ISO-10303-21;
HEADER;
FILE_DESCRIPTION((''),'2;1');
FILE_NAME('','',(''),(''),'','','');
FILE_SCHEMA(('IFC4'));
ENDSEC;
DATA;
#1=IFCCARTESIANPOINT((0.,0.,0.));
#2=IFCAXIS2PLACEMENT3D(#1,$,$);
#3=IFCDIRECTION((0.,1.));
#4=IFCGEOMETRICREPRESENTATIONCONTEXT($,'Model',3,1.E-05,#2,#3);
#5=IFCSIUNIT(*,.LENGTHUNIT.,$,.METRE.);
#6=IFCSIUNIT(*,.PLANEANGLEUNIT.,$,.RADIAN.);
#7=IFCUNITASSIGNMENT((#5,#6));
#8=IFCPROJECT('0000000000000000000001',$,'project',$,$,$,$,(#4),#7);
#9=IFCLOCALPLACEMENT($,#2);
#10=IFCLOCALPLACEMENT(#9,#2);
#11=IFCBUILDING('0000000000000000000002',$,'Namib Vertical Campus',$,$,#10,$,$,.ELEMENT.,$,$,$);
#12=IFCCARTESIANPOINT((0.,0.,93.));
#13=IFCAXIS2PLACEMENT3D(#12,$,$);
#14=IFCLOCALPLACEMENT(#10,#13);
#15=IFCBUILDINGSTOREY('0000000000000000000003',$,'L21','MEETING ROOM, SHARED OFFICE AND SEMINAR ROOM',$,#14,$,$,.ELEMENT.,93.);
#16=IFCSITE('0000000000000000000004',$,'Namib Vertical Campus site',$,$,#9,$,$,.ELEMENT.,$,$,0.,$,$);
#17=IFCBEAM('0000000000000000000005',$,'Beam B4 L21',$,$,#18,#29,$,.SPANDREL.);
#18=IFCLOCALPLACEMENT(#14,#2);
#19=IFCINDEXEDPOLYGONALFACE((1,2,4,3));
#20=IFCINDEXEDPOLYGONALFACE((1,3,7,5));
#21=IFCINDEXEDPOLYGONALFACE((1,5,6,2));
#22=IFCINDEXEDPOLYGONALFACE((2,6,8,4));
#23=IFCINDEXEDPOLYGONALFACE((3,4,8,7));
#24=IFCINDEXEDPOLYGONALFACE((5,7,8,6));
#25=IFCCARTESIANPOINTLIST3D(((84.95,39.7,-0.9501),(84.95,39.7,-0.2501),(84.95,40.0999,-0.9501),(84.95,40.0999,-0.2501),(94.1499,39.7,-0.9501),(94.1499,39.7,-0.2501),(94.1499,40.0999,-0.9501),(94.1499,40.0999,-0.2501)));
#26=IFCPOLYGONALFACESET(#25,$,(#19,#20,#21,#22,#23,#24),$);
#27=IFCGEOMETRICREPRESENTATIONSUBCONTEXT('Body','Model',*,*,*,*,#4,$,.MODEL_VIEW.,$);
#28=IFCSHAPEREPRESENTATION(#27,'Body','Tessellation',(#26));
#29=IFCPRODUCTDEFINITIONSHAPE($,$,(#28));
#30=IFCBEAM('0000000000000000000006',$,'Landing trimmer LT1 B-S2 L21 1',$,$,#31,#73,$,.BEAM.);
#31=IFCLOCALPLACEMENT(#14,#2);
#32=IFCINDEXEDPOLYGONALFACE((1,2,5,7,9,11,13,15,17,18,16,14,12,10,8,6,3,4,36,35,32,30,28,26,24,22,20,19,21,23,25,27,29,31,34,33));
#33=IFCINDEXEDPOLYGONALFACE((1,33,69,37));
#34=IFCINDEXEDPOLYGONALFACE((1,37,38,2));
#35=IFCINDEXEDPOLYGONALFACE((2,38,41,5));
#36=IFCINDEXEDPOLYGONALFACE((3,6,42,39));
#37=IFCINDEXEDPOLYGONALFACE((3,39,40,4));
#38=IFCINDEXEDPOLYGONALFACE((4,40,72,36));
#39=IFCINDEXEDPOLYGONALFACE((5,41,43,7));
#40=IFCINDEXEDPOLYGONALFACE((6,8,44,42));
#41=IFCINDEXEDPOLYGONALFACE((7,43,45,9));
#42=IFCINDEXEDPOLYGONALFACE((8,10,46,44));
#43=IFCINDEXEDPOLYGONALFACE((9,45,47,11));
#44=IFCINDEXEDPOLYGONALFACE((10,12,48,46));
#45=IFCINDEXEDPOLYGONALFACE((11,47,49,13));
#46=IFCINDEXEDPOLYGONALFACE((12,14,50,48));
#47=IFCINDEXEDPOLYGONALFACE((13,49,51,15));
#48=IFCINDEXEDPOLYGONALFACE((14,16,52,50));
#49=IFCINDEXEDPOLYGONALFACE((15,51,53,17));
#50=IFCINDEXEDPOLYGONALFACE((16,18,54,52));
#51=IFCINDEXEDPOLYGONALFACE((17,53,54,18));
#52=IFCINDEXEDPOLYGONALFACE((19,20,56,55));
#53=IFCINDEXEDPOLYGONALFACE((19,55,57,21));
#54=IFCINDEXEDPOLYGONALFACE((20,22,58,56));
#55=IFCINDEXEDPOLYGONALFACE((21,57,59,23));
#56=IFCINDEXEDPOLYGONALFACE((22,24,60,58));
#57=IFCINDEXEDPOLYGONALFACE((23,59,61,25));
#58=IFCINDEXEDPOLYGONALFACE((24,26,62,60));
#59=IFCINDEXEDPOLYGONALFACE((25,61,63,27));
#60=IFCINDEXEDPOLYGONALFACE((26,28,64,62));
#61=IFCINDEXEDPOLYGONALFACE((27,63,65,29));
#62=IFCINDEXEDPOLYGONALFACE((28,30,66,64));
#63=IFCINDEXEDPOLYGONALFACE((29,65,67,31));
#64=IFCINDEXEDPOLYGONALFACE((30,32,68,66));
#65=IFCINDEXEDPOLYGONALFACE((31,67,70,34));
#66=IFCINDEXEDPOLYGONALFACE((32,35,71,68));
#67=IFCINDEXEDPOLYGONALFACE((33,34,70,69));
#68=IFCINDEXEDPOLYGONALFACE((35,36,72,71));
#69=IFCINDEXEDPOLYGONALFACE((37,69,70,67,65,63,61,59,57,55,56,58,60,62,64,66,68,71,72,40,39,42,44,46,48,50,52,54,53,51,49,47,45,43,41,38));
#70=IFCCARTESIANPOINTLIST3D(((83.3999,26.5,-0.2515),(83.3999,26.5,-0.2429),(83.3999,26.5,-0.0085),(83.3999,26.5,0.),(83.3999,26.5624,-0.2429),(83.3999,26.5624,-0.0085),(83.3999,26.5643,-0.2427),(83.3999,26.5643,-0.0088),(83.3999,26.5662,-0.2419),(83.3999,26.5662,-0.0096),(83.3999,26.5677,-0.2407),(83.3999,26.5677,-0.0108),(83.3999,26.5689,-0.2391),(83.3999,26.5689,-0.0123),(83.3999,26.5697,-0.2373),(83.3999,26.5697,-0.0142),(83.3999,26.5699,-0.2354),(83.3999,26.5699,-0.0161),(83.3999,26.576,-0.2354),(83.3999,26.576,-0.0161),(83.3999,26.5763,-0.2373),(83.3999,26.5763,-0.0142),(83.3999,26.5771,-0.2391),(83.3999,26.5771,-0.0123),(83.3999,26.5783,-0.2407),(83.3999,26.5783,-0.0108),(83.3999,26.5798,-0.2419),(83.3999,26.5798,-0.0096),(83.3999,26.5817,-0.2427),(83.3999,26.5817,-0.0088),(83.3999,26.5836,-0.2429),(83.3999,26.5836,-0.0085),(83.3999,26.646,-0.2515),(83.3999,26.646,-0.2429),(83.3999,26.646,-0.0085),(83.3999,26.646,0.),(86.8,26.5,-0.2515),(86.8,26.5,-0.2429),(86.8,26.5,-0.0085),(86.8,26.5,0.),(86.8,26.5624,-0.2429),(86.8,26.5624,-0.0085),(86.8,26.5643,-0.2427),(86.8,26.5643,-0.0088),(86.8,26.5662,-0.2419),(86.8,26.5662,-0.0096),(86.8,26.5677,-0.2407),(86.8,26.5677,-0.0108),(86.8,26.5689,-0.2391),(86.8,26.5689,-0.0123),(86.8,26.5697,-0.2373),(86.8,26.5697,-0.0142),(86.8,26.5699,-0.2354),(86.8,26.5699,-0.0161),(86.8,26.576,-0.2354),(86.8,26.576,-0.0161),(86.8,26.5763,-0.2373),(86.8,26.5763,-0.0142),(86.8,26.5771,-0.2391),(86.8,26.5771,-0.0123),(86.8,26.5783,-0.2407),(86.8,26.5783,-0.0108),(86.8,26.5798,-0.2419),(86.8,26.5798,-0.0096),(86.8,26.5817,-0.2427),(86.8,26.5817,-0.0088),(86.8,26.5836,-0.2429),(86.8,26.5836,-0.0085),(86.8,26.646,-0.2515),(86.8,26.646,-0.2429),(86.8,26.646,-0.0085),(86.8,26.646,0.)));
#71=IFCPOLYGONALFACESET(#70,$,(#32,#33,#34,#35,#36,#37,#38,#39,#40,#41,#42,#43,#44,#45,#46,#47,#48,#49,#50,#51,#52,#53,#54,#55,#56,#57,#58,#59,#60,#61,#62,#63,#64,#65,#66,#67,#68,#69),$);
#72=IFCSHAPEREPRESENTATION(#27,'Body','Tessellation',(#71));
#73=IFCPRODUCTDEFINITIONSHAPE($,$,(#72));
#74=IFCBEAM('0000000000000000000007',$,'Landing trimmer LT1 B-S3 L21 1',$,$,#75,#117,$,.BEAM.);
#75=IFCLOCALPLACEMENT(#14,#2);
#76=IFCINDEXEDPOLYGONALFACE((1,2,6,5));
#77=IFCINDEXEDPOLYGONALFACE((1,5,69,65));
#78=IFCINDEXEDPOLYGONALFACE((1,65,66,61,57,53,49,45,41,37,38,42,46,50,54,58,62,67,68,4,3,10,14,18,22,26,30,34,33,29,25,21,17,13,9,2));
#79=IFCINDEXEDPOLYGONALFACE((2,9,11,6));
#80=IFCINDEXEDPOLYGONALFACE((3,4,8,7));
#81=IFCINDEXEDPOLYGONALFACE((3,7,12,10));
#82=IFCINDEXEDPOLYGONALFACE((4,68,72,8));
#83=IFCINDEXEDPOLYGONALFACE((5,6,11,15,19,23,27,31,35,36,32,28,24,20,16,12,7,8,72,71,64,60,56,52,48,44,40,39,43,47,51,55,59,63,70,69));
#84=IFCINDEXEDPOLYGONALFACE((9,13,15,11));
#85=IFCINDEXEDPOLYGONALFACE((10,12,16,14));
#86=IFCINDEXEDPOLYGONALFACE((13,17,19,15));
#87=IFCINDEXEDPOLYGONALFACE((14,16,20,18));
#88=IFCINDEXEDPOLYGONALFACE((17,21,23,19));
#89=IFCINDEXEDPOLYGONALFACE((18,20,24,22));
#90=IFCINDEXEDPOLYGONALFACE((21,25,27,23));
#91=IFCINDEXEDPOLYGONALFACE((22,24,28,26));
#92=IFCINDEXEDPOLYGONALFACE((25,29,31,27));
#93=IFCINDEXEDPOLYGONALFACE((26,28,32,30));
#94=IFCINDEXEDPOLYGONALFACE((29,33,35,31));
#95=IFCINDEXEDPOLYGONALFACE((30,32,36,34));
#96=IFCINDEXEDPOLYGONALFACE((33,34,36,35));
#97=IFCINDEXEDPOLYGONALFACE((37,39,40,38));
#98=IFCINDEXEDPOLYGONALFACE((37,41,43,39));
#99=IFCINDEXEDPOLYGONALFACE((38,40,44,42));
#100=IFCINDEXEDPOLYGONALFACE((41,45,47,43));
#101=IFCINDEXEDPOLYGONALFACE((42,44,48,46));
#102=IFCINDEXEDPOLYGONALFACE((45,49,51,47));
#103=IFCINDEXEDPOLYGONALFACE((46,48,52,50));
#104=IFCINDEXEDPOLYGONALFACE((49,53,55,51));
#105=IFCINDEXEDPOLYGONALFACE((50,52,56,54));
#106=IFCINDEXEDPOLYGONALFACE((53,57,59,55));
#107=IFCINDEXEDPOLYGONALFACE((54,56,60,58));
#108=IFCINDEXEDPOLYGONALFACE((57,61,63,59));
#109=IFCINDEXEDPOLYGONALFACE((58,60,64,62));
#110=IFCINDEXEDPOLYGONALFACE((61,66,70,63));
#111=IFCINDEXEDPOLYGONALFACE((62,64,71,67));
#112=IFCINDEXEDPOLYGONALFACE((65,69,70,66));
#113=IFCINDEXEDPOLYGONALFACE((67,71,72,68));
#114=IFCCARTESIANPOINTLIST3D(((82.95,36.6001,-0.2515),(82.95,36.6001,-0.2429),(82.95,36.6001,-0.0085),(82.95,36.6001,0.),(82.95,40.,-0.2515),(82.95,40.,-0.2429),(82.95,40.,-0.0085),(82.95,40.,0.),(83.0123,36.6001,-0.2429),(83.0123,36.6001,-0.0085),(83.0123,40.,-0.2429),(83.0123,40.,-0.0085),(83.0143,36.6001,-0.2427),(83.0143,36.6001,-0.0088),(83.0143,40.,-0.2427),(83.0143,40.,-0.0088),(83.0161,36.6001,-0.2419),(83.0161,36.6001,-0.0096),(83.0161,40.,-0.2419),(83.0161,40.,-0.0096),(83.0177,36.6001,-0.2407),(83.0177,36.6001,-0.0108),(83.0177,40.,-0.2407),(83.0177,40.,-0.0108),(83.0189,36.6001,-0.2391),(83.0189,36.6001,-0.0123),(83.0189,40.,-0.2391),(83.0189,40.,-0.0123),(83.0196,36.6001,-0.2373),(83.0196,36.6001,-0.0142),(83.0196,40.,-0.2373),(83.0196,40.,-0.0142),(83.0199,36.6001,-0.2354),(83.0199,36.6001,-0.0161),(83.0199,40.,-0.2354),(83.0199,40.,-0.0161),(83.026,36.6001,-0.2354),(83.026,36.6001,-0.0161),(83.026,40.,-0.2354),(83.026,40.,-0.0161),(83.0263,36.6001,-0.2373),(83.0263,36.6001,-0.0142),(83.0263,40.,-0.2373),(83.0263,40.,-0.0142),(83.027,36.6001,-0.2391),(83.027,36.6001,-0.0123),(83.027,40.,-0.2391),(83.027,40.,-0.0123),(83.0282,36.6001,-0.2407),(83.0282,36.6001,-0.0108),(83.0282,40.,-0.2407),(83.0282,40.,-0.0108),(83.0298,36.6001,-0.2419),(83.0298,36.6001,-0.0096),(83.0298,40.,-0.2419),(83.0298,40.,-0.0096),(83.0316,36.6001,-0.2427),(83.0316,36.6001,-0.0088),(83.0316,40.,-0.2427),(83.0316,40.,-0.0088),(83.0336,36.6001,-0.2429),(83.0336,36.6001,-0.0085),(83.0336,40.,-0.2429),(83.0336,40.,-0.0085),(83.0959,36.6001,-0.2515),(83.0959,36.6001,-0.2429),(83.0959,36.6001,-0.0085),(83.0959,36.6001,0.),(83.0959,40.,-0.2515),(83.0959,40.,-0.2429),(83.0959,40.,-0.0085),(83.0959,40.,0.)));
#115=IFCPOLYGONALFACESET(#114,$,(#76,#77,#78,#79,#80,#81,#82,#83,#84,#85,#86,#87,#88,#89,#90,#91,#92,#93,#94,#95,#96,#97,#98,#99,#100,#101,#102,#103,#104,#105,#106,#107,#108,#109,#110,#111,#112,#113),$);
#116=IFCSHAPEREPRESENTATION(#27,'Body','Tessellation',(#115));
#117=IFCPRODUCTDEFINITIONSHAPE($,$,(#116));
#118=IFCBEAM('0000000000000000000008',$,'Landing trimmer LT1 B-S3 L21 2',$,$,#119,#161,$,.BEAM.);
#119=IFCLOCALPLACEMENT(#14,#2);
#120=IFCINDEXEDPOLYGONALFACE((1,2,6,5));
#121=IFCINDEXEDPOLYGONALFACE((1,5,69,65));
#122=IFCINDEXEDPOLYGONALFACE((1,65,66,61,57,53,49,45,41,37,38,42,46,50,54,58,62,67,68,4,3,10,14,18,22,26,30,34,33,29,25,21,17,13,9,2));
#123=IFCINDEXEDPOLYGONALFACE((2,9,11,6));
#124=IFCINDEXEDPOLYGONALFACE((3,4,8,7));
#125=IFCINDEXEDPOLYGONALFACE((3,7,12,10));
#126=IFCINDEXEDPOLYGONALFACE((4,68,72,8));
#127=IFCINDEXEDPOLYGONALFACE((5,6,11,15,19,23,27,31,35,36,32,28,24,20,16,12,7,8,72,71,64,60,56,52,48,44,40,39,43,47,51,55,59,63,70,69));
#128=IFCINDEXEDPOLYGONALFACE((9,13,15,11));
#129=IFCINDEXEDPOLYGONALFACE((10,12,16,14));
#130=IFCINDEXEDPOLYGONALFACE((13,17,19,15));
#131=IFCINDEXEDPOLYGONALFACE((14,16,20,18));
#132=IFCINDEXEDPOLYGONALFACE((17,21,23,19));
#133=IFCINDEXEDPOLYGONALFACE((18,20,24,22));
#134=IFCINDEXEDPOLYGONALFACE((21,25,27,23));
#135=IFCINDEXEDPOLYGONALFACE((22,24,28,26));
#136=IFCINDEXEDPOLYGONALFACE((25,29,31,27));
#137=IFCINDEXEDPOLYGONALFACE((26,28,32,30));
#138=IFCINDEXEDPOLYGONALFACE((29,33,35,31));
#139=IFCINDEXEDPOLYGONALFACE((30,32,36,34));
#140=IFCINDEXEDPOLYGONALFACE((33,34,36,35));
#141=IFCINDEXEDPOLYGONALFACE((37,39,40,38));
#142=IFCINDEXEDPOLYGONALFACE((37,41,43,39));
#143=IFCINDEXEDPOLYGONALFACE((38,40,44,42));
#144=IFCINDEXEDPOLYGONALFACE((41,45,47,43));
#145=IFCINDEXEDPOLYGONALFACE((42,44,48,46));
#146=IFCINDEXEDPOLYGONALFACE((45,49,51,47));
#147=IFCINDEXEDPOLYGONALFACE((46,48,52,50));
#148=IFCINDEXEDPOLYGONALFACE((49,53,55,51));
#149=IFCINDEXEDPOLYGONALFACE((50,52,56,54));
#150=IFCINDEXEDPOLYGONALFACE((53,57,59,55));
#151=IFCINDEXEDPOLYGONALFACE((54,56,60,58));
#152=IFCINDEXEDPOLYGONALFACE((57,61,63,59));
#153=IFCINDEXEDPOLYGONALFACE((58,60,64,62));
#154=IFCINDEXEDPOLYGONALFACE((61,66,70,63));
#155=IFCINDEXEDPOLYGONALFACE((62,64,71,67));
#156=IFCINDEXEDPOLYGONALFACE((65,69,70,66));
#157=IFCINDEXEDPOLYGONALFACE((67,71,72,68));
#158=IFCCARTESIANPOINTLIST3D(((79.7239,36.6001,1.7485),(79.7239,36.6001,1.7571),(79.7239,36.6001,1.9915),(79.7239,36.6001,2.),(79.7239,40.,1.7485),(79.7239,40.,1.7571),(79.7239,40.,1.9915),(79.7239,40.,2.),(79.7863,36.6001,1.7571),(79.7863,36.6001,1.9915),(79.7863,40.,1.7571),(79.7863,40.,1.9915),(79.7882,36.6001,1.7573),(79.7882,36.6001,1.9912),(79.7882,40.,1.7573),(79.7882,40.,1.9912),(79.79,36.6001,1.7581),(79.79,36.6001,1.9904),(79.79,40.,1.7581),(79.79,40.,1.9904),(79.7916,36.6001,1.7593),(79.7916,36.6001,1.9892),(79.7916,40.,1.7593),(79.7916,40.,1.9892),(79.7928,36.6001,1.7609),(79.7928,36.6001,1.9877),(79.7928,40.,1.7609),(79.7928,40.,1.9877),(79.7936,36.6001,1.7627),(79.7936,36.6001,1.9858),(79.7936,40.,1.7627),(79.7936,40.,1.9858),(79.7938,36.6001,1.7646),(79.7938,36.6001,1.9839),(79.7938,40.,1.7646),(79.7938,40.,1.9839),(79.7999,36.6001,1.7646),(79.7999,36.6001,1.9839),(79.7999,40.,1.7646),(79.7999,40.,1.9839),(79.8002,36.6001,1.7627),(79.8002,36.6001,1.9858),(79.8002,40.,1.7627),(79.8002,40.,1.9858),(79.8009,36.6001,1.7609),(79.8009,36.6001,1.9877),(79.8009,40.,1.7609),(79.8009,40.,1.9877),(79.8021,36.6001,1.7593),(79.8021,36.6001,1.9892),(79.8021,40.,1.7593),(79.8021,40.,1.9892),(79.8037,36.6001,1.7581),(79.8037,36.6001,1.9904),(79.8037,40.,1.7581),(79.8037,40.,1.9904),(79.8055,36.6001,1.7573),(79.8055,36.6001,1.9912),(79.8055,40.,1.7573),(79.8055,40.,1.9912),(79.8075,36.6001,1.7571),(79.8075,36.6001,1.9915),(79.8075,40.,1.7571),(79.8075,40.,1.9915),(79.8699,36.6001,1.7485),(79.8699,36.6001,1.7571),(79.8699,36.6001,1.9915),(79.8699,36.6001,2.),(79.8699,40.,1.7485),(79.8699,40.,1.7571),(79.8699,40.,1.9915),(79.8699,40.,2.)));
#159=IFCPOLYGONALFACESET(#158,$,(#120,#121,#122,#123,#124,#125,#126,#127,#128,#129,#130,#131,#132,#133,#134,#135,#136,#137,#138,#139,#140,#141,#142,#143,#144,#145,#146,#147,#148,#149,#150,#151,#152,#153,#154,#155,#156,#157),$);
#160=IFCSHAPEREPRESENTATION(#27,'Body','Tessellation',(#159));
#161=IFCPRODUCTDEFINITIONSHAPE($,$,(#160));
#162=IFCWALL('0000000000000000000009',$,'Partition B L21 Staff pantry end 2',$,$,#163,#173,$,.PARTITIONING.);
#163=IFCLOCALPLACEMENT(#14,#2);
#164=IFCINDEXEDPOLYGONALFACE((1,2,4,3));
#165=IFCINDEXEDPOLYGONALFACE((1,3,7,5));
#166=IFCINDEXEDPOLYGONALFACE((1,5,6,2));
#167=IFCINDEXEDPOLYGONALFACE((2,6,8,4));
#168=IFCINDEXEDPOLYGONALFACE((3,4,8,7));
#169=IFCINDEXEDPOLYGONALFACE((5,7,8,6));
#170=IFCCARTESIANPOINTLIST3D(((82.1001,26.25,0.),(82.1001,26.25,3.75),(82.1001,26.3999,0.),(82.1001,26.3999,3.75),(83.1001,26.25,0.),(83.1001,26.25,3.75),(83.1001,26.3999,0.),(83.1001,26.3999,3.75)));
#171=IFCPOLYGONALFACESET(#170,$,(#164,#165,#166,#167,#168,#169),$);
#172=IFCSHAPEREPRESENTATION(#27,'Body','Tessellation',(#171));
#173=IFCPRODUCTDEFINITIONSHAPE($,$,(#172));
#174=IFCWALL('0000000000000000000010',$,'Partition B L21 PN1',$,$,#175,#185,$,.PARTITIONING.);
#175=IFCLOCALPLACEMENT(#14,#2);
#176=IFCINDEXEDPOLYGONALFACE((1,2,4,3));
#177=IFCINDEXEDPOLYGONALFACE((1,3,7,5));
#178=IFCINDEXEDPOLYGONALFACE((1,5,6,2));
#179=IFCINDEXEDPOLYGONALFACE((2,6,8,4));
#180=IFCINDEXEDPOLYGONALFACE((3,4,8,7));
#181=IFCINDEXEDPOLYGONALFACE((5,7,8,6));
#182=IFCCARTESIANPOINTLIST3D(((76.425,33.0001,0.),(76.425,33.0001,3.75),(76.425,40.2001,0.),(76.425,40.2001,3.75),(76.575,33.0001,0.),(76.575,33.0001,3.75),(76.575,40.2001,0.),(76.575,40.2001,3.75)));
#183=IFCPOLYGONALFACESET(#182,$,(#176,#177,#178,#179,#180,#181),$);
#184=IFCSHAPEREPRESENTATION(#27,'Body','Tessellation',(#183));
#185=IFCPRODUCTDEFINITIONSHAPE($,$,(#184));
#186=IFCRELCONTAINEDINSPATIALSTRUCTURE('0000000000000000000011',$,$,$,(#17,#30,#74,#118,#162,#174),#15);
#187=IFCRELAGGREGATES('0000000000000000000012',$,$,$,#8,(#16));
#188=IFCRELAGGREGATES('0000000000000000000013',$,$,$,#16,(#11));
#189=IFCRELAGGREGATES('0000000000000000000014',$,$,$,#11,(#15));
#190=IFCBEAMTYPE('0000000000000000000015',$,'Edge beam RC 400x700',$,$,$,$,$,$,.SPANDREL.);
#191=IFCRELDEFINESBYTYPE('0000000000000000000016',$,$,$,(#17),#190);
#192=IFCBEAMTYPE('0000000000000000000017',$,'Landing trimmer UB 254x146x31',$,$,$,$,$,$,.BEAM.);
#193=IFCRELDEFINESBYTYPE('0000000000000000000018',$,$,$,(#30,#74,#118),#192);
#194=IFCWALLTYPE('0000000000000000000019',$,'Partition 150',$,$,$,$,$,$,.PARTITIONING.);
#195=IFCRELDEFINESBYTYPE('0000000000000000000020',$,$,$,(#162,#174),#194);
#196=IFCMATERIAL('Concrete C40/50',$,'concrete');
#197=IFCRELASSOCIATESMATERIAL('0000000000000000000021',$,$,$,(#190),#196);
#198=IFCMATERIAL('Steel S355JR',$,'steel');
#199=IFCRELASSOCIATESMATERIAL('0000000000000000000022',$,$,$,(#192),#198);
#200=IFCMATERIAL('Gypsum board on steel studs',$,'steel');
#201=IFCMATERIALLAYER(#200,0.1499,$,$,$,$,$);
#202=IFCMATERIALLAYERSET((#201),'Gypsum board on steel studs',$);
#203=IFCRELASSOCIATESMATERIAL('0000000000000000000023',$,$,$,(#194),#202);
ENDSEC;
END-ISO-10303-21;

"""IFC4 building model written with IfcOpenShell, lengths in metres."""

from ifc_helpers import new_model, si_unit, direction, frame, frame_2d, origin, origin_2d, place, context, subcontext, project, spatial, rectangle, i_section, extrude, material, layer, layer_set, material_profile, profile_set, type_object, element, save


model = new_model("IFC4")

# Units and contexts
model_context = context("Model", 3, precision=1e-05, world=origin(), true_north=direction((0.0, 1.0)))
body_context = subcontext(model_context, "Body", "Model", "MODEL_VIEW")
ifc_project = project(units=[si_unit("LENGTHUNIT", "METRE"), si_unit("PLANEANGLEUNIT", "RADIAN")], contexts=[model_context])

# Site, building, storey
site_placement = place(None, origin())
site = spatial("IfcSite", under=ifc_project, at=site_placement, Name="Namib Vertical Campus site", CompositionType="ELEMENT", RefElevation=0.0)
building_placement = place(site_placement, origin())
building = spatial("IfcBuilding", under=site, at=building_placement, Name="Namib Vertical Campus", CompositionType="ELEMENT")
storey_placement = place(building_placement, frame((0.0, 0.0, 93.0)))
storey = spatial("IfcBuildingStorey", under=building, at=storey_placement, Name="L21", Description="MEETING ROOM, SHARED OFFICE AND SEMINAR ROOM", CompositionType="ELEMENT", Elevation=93.0)

# Beams
ifc_material_1 = material(Name="Concrete C40/50", Category="concrete")
ifc_material_profile_1 = material_profile(ifc_material_1, rectangle(XDim=0.3999, YDim=0.7, at=origin_2d()))
ifc_profile_set_1 = profile_set([ifc_material_profile_1], Name="Concrete C40/50")
beam_type_1 = type_object("IfcBeamType", Name="Edge beam RC 400x700", PredefinedType="SPANDREL", material=ifc_profile_set_1)
beam_1_placement = place(storey_placement, frame((84.95, 39.8999, -0.6001), z_axis=(1.0, 0.0, 0.0), x_axis=(0.0, 1.0, 0.0)))
element("IfcBeam", 1, at=beam_1_placement, inside=storey, type_object=beam_type_1, Name="Beam B4 L21", PredefinedType="SPANDREL", context=body_context, shape_type="SweptSolid", body=[
    extrude(rectangle(XDim=0.3999, YDim=0.7, at=origin_2d()), origin(), (0.0, 0.0, 1.0), 9.2),
])
ifc_material_2 = material(Name="Steel S355JR", Category="steel")
ifc_material_profile_2 = material_profile(ifc_material_2, i_section(OverallWidth=0.146, OverallDepth=0.2515, WebThickness=0.0061, FlangeThickness=0.0085, FilletRadius=0.0076, at=origin_2d()))
ifc_profile_set_2 = profile_set([ifc_material_profile_2], Name="Steel S355JR")
beam_type_2 = type_object("IfcBeamType", Name="Landing trimmer UB 254x146x31", PredefinedType="BEAM", material=ifc_profile_set_2)
beam_2_placement = place(storey_placement, frame((83.3999, 26.573, -0.1257), z_axis=(1.0, 0.0, 0.0), x_axis=(0.0, 1.0, 0.0)))
element("IfcBeam", 2, at=beam_2_placement, inside=storey, type_object=beam_type_2, Name="Landing trimmer LT1 B-S2 L21 1", PredefinedType="BEAM", context=body_context, shape_type="SweptSolid", body=[
    extrude(i_section(OverallWidth=0.146, OverallDepth=0.2515, WebThickness=0.0061, FlangeThickness=0.0085, FilletRadius=0.0076, at=origin_2d()), origin(), (0.0, 0.0, 1.0), 3.4001),
])
for number, where, z_axis, x_axis, name in (
    (3, (83.0229, 36.6001, -0.1257), (0.0, 1.0, 0.0), (-1.0, 0.0, 0.0), "Landing trimmer LT1 B-S3 L21 1"),
    (4, (79.7969, 36.6001, 1.8743), (0.0, 1.0, 0.0), (-1.0, 0.0, 0.0), "Landing trimmer LT1 B-S3 L21 2"),
):
    element("IfcBeam", number, at=place(storey_placement, frame(where, z_axis=z_axis, x_axis=x_axis)), inside=storey, type_object=beam_type_2, Name=name, PredefinedType="BEAM", context=body_context, shape_type="SweptSolid", body=[
        extrude(i_section(OverallWidth=0.146, OverallDepth=0.2515, WebThickness=0.0061, FlangeThickness=0.0085, FilletRadius=0.0076, at=origin_2d()), origin(), (0.0, 0.0, 1.0), 3.3999),
    ])

# Walls
ifc_material_3 = material(Name="Gypsum board on steel studs", Category="steel")
ifc_layer_1 = layer(ifc_material_3, 0.1499)
ifc_layer_set_1 = layer_set([ifc_layer_1], Name="Gypsum board on steel studs")
wall_type_1 = type_object("IfcWallType", Name="Partition 150", PredefinedType="PARTITIONING", material=ifc_layer_set_1)
wall_1_placement = place(storey_placement, frame((82.1001, 26.325, 0.0), z_axis=(0.0, 0.0, 1.0), x_axis=(1.0, 0.0, 0.0)))
element("IfcWall", 5, at=wall_1_placement, inside=storey, type_object=wall_type_1, Name="Partition B L21 Staff pantry end 2", PredefinedType="PARTITIONING", context=body_context, shape_type="SweptSolid", body=[
    extrude(rectangle(XDim=1.0, YDim=0.1499, at=frame_2d((0.5, 0.0))), origin(), (0.0, 0.0, 1.0), 3.75),
])
wall_2_placement = place(storey_placement, frame((76.5, 33.0, 0.0), z_axis=(0.0, 0.0, 1.0), x_axis=(0.0, 1.0, 0.0)))
element("IfcWall", 6, at=wall_2_placement, inside=storey, type_object=wall_type_1, Name="Partition B L21 PN1", PredefinedType="PARTITIONING", context=body_context, shape_type="SweptSolid", body=[
    extrude(rectangle(XDim=7.2, YDim=0.1499, at=frame_2d((3.6001, 0.0))), origin(), (0.0, 0.0, 1.0), 3.75),
])

save(model, "model.ifc")
